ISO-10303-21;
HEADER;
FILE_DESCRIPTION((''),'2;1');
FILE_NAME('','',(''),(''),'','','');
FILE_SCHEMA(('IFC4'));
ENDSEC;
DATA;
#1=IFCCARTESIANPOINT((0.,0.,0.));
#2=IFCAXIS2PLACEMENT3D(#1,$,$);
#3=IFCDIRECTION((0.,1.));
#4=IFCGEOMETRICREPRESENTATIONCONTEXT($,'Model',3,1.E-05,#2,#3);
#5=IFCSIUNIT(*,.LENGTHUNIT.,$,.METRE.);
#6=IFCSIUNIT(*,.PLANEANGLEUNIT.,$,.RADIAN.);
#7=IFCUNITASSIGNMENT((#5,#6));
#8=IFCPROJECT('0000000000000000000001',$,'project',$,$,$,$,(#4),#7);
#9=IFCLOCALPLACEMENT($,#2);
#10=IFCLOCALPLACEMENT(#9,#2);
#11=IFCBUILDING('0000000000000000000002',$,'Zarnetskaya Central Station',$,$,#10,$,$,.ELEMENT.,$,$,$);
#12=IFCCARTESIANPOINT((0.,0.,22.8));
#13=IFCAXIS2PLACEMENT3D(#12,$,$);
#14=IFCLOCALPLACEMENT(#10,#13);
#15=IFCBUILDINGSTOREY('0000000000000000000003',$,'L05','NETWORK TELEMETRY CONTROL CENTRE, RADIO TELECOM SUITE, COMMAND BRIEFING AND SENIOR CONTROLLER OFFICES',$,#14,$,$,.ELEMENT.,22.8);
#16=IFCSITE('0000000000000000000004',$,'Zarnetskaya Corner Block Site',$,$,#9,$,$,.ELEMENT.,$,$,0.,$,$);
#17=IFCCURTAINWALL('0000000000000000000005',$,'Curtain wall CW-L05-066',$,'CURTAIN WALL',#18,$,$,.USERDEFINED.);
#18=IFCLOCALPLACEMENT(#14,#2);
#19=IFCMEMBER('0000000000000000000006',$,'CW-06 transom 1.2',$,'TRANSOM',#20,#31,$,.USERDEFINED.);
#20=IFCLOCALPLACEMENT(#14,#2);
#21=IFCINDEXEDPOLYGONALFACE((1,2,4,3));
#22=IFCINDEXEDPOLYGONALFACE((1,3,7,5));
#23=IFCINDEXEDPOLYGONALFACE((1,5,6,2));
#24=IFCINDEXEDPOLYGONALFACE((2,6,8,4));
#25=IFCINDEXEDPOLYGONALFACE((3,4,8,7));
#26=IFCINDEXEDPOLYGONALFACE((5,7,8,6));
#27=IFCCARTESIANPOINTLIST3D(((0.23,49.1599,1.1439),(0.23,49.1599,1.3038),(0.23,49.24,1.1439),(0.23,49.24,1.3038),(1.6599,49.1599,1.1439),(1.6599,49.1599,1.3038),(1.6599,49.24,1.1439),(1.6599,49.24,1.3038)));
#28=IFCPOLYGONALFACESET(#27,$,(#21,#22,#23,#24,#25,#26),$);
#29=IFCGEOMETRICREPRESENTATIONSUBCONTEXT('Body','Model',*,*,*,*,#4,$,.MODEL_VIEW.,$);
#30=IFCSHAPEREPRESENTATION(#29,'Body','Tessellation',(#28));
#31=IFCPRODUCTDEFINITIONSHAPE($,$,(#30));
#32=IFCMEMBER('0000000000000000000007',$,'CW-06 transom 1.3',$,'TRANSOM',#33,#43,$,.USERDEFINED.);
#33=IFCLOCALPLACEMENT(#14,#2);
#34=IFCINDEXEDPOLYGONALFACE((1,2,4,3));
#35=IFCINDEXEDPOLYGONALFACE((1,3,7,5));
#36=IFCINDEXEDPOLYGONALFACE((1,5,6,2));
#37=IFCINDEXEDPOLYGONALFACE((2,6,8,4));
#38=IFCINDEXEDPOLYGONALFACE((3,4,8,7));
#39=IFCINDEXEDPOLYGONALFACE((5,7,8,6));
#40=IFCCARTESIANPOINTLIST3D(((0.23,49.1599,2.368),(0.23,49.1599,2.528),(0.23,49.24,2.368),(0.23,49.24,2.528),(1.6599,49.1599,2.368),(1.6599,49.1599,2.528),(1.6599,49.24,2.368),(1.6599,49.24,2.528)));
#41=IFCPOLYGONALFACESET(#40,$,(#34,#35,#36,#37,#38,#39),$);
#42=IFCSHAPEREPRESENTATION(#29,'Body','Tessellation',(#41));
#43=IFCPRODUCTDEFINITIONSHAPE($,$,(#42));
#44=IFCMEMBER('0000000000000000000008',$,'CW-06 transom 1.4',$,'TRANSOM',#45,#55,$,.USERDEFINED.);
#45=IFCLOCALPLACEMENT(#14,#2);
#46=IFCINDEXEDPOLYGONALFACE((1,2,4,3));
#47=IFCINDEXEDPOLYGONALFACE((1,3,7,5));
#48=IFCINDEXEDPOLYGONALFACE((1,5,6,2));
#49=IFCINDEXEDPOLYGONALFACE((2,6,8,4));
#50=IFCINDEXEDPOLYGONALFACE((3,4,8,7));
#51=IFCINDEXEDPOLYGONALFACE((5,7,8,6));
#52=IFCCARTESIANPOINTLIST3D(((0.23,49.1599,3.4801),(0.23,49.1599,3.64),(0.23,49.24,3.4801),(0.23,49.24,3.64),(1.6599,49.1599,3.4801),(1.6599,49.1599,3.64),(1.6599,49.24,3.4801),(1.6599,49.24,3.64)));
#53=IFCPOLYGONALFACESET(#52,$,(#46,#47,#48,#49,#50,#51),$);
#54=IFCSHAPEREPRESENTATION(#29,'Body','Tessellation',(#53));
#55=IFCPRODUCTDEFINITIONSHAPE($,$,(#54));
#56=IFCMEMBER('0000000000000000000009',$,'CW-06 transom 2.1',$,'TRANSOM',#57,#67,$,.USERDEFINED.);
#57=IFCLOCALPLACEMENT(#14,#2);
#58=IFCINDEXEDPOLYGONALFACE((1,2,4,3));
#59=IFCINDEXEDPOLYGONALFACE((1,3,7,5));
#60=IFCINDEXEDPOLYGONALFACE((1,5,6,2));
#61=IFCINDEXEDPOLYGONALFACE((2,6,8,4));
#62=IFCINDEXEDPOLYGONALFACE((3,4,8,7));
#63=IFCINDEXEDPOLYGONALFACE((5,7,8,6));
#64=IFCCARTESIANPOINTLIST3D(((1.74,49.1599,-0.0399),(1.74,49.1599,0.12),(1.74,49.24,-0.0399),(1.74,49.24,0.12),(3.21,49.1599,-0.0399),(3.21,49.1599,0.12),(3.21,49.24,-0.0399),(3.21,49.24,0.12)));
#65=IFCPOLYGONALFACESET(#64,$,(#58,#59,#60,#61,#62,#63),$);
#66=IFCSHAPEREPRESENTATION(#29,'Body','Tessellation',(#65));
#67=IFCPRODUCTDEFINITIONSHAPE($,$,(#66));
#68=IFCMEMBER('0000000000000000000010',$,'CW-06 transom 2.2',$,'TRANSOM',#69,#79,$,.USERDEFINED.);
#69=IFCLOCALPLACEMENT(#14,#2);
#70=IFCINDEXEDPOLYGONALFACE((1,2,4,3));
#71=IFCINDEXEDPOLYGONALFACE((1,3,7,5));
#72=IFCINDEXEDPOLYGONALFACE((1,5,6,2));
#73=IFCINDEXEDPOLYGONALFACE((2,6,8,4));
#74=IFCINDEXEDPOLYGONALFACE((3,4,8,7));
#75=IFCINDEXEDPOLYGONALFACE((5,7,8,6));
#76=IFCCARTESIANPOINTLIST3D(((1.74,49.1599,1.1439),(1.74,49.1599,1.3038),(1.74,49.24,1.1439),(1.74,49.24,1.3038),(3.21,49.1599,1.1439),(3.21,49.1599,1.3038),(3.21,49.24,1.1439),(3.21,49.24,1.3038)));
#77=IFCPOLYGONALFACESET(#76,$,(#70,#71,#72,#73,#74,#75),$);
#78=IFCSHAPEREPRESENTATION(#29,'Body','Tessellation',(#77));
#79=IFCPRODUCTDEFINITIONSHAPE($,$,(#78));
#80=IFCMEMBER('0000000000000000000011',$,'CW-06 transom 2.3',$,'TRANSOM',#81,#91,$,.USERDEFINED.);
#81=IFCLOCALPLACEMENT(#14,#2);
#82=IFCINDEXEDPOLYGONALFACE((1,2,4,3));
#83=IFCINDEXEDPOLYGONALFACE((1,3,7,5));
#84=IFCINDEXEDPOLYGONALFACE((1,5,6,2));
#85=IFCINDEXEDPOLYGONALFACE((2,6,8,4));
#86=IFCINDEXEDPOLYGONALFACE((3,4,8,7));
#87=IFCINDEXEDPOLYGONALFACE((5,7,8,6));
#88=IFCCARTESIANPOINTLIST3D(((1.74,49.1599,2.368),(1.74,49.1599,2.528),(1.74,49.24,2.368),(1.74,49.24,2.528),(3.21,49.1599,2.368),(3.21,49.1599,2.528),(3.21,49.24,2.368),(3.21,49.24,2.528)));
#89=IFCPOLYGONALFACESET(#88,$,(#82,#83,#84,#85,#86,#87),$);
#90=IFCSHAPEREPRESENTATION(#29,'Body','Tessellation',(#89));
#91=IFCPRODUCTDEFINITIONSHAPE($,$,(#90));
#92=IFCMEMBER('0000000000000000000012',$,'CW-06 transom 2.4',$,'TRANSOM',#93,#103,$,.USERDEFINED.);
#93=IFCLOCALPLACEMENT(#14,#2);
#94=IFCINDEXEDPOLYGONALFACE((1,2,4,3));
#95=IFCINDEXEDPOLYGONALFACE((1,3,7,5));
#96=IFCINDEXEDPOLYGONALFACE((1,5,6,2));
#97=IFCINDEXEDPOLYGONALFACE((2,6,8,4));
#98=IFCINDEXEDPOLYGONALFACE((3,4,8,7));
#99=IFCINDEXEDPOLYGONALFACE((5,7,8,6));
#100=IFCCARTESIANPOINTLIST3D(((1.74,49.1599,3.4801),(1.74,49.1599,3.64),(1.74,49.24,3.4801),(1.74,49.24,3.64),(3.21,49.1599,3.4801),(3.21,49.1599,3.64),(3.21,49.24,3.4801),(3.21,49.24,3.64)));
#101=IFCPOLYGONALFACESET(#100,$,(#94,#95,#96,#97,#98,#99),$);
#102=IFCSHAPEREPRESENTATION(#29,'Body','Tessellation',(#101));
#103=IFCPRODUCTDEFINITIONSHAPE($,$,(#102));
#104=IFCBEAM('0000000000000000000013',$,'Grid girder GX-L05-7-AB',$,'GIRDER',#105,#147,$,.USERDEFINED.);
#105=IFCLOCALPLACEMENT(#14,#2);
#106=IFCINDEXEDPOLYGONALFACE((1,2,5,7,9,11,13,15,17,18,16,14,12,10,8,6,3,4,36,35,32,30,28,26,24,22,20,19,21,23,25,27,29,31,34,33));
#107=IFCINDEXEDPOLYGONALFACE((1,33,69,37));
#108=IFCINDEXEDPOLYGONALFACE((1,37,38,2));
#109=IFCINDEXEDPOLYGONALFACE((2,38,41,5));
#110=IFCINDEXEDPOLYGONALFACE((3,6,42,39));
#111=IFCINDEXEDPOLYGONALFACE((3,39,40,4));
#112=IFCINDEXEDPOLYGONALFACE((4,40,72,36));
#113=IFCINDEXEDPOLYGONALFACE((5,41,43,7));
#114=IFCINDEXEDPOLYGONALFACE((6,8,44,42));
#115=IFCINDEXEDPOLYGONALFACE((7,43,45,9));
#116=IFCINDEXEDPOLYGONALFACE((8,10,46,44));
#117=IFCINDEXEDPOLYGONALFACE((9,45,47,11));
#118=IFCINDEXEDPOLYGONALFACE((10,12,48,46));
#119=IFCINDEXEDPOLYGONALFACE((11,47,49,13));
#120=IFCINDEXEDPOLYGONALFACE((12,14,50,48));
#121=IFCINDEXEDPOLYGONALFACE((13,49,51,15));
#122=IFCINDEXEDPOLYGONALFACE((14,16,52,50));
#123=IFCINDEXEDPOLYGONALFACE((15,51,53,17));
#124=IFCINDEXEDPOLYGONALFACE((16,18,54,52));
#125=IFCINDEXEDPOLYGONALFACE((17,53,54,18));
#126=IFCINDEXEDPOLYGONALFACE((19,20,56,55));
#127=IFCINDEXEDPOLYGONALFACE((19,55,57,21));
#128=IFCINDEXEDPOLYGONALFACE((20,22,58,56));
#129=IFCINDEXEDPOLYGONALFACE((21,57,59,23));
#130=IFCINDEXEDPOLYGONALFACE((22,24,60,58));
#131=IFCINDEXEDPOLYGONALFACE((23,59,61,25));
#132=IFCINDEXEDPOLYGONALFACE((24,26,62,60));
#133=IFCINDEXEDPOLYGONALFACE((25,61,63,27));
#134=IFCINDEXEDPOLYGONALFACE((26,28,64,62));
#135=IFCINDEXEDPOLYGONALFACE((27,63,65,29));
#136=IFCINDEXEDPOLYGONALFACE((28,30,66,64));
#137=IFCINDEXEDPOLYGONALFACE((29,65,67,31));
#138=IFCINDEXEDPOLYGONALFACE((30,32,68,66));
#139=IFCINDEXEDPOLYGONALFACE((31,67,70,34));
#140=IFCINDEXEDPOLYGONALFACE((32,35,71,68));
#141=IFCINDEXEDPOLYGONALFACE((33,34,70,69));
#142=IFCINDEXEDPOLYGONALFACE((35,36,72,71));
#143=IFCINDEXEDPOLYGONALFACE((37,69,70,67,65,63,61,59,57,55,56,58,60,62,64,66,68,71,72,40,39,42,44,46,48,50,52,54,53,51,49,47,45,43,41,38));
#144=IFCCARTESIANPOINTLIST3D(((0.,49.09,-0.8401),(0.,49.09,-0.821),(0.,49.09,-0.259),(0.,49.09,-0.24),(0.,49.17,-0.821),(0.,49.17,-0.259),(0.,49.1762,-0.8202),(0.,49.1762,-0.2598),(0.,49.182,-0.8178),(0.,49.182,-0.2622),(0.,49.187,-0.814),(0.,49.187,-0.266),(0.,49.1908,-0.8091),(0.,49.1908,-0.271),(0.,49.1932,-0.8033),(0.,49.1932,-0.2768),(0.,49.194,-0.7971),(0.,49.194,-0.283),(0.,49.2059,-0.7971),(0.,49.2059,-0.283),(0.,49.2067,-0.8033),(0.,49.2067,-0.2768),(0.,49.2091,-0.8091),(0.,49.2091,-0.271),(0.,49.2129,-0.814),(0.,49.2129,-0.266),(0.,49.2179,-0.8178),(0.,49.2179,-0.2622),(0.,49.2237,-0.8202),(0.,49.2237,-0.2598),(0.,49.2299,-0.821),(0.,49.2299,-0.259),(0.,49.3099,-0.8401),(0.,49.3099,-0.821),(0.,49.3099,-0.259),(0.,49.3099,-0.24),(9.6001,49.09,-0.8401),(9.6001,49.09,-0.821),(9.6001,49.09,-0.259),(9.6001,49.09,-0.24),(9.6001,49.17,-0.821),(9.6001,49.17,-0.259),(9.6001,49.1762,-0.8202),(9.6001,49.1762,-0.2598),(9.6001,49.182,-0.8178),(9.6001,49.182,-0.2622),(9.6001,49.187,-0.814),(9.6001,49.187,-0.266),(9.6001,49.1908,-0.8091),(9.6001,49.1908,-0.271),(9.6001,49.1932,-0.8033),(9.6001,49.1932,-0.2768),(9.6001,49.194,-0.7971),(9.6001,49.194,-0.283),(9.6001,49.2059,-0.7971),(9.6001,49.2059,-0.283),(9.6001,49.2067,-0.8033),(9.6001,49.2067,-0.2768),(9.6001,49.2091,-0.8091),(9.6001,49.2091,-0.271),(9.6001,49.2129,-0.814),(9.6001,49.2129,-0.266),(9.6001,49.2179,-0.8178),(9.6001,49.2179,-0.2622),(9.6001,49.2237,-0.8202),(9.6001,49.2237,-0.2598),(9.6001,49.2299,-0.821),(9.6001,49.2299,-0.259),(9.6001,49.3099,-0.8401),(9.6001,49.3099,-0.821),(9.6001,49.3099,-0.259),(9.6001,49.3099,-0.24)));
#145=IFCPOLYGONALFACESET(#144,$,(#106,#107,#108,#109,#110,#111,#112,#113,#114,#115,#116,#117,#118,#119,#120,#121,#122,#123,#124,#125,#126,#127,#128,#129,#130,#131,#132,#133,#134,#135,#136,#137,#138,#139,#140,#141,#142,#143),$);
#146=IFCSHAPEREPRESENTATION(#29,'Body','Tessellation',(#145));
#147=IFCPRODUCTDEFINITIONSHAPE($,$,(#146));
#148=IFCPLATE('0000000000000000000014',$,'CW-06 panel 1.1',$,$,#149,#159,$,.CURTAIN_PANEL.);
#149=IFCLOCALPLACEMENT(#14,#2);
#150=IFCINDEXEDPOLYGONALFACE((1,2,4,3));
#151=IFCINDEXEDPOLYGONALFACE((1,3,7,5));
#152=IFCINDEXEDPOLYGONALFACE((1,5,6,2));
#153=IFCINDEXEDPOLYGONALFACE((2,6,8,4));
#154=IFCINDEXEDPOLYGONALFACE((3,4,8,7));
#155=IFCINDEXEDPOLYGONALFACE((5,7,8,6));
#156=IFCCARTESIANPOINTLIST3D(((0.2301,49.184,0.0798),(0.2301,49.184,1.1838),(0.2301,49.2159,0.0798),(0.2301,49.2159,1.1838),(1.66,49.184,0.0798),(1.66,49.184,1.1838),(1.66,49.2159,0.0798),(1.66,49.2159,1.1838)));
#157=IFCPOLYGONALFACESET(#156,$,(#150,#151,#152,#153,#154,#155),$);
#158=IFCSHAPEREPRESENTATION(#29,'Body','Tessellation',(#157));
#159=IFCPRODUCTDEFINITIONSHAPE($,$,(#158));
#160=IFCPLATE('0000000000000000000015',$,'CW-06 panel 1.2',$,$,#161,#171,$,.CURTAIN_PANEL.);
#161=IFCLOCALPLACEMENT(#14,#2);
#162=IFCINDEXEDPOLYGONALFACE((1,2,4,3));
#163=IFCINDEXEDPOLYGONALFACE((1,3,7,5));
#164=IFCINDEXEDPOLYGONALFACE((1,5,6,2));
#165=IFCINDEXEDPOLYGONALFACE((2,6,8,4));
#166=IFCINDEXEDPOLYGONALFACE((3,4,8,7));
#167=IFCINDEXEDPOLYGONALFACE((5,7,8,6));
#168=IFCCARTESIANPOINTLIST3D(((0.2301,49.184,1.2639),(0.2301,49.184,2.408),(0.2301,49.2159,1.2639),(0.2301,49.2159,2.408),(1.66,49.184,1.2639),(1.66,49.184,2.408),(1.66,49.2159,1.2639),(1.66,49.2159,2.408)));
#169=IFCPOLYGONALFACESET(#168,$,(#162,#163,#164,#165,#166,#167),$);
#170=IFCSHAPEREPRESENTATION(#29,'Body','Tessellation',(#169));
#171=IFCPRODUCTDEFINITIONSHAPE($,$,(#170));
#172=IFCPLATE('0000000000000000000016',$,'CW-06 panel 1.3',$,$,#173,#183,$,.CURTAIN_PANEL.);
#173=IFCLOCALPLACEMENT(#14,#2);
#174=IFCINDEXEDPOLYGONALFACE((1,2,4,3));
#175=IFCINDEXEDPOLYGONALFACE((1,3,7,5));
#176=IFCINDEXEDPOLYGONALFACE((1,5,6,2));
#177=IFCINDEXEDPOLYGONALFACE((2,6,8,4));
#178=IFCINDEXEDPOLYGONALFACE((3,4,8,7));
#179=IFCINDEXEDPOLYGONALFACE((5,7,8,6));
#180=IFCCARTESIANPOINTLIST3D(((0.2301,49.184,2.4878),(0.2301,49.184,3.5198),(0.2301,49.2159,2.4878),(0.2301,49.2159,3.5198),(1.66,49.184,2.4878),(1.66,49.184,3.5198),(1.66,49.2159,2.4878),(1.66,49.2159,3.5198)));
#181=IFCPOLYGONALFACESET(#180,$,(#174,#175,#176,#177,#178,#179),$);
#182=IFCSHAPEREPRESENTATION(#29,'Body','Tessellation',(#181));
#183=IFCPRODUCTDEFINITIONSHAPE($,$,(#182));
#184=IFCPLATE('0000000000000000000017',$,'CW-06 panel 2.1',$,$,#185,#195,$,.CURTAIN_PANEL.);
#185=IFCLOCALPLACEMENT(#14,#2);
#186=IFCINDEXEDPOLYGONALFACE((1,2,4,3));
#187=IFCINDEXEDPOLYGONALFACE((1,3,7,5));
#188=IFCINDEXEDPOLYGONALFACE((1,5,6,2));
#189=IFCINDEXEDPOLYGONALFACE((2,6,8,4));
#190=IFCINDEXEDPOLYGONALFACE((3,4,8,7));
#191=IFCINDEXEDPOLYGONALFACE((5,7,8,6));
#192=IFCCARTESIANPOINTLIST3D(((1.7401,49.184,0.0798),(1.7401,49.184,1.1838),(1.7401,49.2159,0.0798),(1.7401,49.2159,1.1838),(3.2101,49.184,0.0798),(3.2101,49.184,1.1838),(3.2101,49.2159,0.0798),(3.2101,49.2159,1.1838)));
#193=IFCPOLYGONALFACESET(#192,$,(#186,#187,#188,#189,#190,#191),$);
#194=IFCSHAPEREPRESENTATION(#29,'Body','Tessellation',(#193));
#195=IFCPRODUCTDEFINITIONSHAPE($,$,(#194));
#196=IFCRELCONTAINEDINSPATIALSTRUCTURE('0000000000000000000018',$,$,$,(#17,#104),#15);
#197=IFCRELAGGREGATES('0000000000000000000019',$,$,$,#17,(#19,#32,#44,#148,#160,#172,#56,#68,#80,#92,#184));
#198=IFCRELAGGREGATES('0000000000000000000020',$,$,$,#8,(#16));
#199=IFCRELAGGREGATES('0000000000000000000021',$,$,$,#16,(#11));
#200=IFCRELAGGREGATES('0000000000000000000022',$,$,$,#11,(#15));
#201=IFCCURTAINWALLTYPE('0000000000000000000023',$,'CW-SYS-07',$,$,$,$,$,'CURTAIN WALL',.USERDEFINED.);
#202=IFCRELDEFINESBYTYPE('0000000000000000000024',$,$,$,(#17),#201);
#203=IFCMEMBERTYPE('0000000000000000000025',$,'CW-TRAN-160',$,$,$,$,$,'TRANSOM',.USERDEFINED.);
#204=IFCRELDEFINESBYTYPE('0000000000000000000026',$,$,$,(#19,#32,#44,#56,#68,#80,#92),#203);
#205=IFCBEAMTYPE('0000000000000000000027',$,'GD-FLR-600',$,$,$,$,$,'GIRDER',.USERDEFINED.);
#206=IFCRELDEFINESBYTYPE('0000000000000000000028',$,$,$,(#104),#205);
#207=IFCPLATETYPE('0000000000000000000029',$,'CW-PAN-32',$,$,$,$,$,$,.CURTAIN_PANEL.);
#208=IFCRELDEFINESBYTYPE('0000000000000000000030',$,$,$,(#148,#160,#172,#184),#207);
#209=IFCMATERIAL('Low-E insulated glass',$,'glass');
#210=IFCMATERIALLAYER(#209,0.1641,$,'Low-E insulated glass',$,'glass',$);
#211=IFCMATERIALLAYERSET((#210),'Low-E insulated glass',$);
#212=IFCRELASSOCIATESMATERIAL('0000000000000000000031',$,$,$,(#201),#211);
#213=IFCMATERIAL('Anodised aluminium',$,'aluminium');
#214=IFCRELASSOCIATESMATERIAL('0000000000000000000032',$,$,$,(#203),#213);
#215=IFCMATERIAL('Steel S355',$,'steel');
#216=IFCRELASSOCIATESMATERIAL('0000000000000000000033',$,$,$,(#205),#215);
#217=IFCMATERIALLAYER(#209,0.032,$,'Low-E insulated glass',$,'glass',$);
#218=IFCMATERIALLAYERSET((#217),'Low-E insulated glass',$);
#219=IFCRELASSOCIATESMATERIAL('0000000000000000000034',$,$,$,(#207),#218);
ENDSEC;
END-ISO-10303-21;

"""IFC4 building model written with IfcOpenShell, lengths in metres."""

from ifc_helpers import new_model, si_unit, direction, frame, origin, origin_2d, place, context, subcontext, project, spatial, rectangle, i_section, extrude, material, layer, layer_set, material_profile, profile_set, type_object, element, aggregate, save


model = new_model("IFC4")

# Units and contexts
model_context = context("Model", 3, precision=1e-05, world=origin(), true_north=direction((0.0, 1.0)))
body_context = subcontext(model_context, "Body", "Model", "MODEL_VIEW")
ifc_project = project(units=[si_unit("LENGTHUNIT", "METRE"), si_unit("PLANEANGLEUNIT", "RADIAN")], contexts=[model_context])

# Site, building, storey
site_placement = place(None, origin())
site = spatial("IfcSite", under=ifc_project, at=site_placement, Name="Zarnetskaya Corner Block Site", CompositionType="ELEMENT", RefElevation=0.0)
building_placement = place(site_placement, origin())
building = spatial("IfcBuilding", under=site, at=building_placement, Name="Zarnetskaya Central Station", CompositionType="ELEMENT")
storey_placement = place(building_placement, frame((0.0, 0.0, 22.8)))
storey = spatial("IfcBuildingStorey", under=building, at=storey_placement, Name="L05", Description="NETWORK TELEMETRY CONTROL CENTRE, RADIO TELECOM SUITE, COMMAND BRIEFING AND SENIOR CONTROLLER OFFICES", CompositionType="ELEMENT", Elevation=22.8)

# Shared definitions
ifc_material_1 = material(Name="Steel S355", Category="steel")

# Curtain wall, members
ifc_material_2 = material(Name="Low-E insulated glass", Category="glass")
ifc_layer_1 = layer(ifc_material_2, 0.1641, Name="Low-E insulated glass", Category="glass")
ifc_layer_set_1 = layer_set([ifc_layer_1], Name="Low-E insulated glass")
curtain_wall_type = type_object("IfcCurtainWallType", Name="CW-SYS-07", ElementType="CURTAIN WALL", PredefinedType="USERDEFINED", material=ifc_layer_set_1)
curtain_wall_placement = place(storey_placement, origin())
curtain_wall = element("IfcCurtainWall", 1, at=curtain_wall_placement, inside=storey, type_object=curtain_wall_type, Name="Curtain wall CW-L05-066", ObjectType="CURTAIN WALL", PredefinedType="USERDEFINED")
ifc_material_3 = material(Name="Anodised aluminium", Category="aluminium")
ifc_material_profile_1 = material_profile(ifc_material_3, rectangle(XDim=0.0801, YDim=0.1599, at=origin_2d()), Name="ALU TRAN 80x160")
ifc_profile_set_1 = profile_set([ifc_material_profile_1], Name="Anodised aluminium")
member_type_1 = type_object("IfcMemberType", Name="CW-TRAN-160", ElementType="TRANSOM", PredefinedType="USERDEFINED", material=ifc_profile_set_1)
member_1_placement = place(storey_placement, frame((0.23, 49.2, 1.2239), z_axis=(1.0, 0.0, 0.0), x_axis=(0.0, 1.0, 0.0)))
member_1 = element("IfcMember", 2, at=member_1_placement, type_object=member_type_1, Name="CW-06 transom 1.2", ObjectType="TRANSOM", PredefinedType="USERDEFINED", context=body_context, shape_type="SweptSolid", body=[
    extrude(rectangle(XDim=0.0801, YDim=0.1599, at=origin_2d()), origin(), (0.0, 0.0, 1.0), 1.4299),
])
member_2_placement = place(storey_placement, frame((0.23, 49.2, 2.448), z_axis=(1.0, 0.0, 0.0), x_axis=(0.0, 1.0, 0.0)))
member_2 = element("IfcMember", 3, at=member_2_placement, type_object=member_type_1, Name="CW-06 transom 1.3", ObjectType="TRANSOM", PredefinedType="USERDEFINED", context=body_context, shape_type="SweptSolid", body=[
    extrude(rectangle(XDim=0.0801, YDim=0.1599, at=origin_2d()), origin(), (0.0, 0.0, 1.0), 1.4299),
])
member_3_placement = place(storey_placement, frame((0.23, 49.2, 3.5601), z_axis=(1.0, 0.0, 0.0), x_axis=(0.0, 1.0, 0.0)))
member_3 = element("IfcMember", 4, at=member_3_placement, type_object=member_type_1, Name="CW-06 transom 1.4", ObjectType="TRANSOM", PredefinedType="USERDEFINED", context=body_context, shape_type="SweptSolid", body=[
    extrude(rectangle(XDim=0.0801, YDim=0.1599, at=origin_2d()), origin(), (0.0, 0.0, 1.0), 1.4299),
])
member_4_placement = place(storey_placement, frame((1.74, 49.2, 0.04), z_axis=(1.0, 0.0, 0.0), x_axis=(0.0, 1.0, 0.0)))
member_4 = element("IfcMember", 5, at=member_4_placement, type_object=member_type_1, Name="CW-06 transom 2.1", ObjectType="TRANSOM", PredefinedType="USERDEFINED", context=body_context, shape_type="SweptSolid", body=[
    extrude(rectangle(XDim=0.0801, YDim=0.1599, at=origin_2d()), origin(), (0.0, 0.0, 1.0), 1.47),
])
member_5_placement = place(storey_placement, frame((1.74, 49.2, 1.2239), z_axis=(1.0, 0.0, 0.0), x_axis=(0.0, 1.0, 0.0)))
member_5 = element("IfcMember", 6, at=member_5_placement, type_object=member_type_1, Name="CW-06 transom 2.2", ObjectType="TRANSOM", PredefinedType="USERDEFINED", context=body_context, shape_type="SweptSolid", body=[
    extrude(rectangle(XDim=0.0801, YDim=0.1599, at=origin_2d()), origin(), (0.0, 0.0, 1.0), 1.47),
])
member_6_placement = place(storey_placement, frame((1.74, 49.2, 2.448), z_axis=(1.0, 0.0, 0.0), x_axis=(0.0, 1.0, 0.0)))
member_6 = element("IfcMember", 7, at=member_6_placement, type_object=member_type_1, Name="CW-06 transom 2.3", ObjectType="TRANSOM", PredefinedType="USERDEFINED", context=body_context, shape_type="SweptSolid", body=[
    extrude(rectangle(XDim=0.0801, YDim=0.1599, at=origin_2d()), origin(), (0.0, 0.0, 1.0), 1.47),
])
member_7_placement = place(storey_placement, frame((1.74, 49.2, 3.5601), z_axis=(1.0, 0.0, 0.0), x_axis=(0.0, 1.0, 0.0)))
member_7 = element("IfcMember", 8, at=member_7_placement, type_object=member_type_1, Name="CW-06 transom 2.4", ObjectType="TRANSOM", PredefinedType="USERDEFINED", context=body_context, shape_type="SweptSolid", body=[
    extrude(rectangle(XDim=0.0801, YDim=0.1599, at=origin_2d()), origin(), (0.0, 0.0, 1.0), 1.47),
])

# Beam
ifc_material_profile_2 = material_profile(ifc_material_1, i_section(OverallWidth=0.22, OverallDepth=0.6001, WebThickness=0.012, FlangeThickness=0.019, FilletRadius=0.0239, at=origin_2d()), Name="IPE 600")
ifc_profile_set_2 = profile_set([ifc_material_profile_2], Name="Steel S355")
beam_type_1 = type_object("IfcBeamType", Name="GD-FLR-600", ElementType="GIRDER", PredefinedType="USERDEFINED", material=ifc_profile_set_2)
beam_1_placement = place(storey_placement, frame((0.0, 49.2, -0.54), z_axis=(1.0, 0.0, 0.0), x_axis=(0.0, 1.0, 0.0)))
element("IfcBeam", 9, at=beam_1_placement, inside=storey, type_object=beam_type_1, Name="Grid girder GX-L05-7-AB", ObjectType="GIRDER", PredefinedType="USERDEFINED", context=body_context, shape_type="SweptSolid", body=[
    extrude(i_section(OverallWidth=0.22, OverallDepth=0.6001, WebThickness=0.012, FlangeThickness=0.019, FilletRadius=0.0239, at=origin_2d()), origin(), (0.0, 0.0, 1.0), 9.6001),
])

# Plates
ifc_layer_2 = layer(ifc_material_2, 0.032, Name="Low-E insulated glass", Category="glass")
ifc_layer_set_2 = layer_set([ifc_layer_2], Name="Low-E insulated glass")
plate_type = type_object("IfcPlateType", Name="CW-PAN-32", PredefinedType="CURTAIN_PANEL", material=ifc_layer_set_2)
plate_1_placement = place(storey_placement, frame((0.9451, 49.2, 0.0798), z_axis=(0.0, 0.0, 1.0), x_axis=(1.0, 0.0, 0.0)))
plate_1 = element("IfcPlate", 10, at=plate_1_placement, type_object=plate_type, Name="CW-06 panel 1.1", PredefinedType="CURTAIN_PANEL", context=body_context, shape_type="SweptSolid", body=[
    extrude(rectangle(XDim=1.4299, YDim=0.032, at=origin_2d()), origin(), (0.0, 0.0, 1.0), 1.104),
])
plate_2_placement = place(storey_placement, frame((0.9451, 49.2, 1.2639), z_axis=(0.0, 0.0, 1.0), x_axis=(1.0, 0.0, 0.0)))
plate_2 = element("IfcPlate", 11, at=plate_2_placement, type_object=plate_type, Name="CW-06 panel 1.2", PredefinedType="CURTAIN_PANEL", context=body_context, shape_type="SweptSolid", body=[
    extrude(rectangle(XDim=1.4299, YDim=0.032, at=origin_2d()), origin(), (0.0, 0.0, 1.0), 1.144),
])
plate_3_placement = place(storey_placement, frame((0.9451, 49.2, 2.4878), z_axis=(0.0, 0.0, 1.0), x_axis=(1.0, 0.0, 0.0)))
plate_3 = element("IfcPlate", 12, at=plate_3_placement, type_object=plate_type, Name="CW-06 panel 1.3", PredefinedType="CURTAIN_PANEL", context=body_context, shape_type="SweptSolid", body=[
    extrude(rectangle(XDim=1.4299, YDim=0.032, at=origin_2d()), origin(), (0.0, 0.0, 1.0), 1.032),
])
plate_4_placement = place(storey_placement, frame((2.4751, 49.2, 0.0798), z_axis=(0.0, 0.0, 1.0), x_axis=(1.0, 0.0, 0.0)))
plate_4 = element("IfcPlate", 13, at=plate_4_placement, type_object=plate_type, Name="CW-06 panel 2.1", PredefinedType="CURTAIN_PANEL", context=body_context, shape_type="SweptSolid", body=[
    extrude(rectangle(XDim=1.47, YDim=0.032, at=origin_2d()), origin(), (0.0, 0.0, 1.0), 1.104),
])
aggregate(curtain_wall, [member_1, member_2, member_3, plate_1, plate_2, plate_3, member_4, member_5, member_6, member_7, plate_4])

save(model, "model.ifc")
